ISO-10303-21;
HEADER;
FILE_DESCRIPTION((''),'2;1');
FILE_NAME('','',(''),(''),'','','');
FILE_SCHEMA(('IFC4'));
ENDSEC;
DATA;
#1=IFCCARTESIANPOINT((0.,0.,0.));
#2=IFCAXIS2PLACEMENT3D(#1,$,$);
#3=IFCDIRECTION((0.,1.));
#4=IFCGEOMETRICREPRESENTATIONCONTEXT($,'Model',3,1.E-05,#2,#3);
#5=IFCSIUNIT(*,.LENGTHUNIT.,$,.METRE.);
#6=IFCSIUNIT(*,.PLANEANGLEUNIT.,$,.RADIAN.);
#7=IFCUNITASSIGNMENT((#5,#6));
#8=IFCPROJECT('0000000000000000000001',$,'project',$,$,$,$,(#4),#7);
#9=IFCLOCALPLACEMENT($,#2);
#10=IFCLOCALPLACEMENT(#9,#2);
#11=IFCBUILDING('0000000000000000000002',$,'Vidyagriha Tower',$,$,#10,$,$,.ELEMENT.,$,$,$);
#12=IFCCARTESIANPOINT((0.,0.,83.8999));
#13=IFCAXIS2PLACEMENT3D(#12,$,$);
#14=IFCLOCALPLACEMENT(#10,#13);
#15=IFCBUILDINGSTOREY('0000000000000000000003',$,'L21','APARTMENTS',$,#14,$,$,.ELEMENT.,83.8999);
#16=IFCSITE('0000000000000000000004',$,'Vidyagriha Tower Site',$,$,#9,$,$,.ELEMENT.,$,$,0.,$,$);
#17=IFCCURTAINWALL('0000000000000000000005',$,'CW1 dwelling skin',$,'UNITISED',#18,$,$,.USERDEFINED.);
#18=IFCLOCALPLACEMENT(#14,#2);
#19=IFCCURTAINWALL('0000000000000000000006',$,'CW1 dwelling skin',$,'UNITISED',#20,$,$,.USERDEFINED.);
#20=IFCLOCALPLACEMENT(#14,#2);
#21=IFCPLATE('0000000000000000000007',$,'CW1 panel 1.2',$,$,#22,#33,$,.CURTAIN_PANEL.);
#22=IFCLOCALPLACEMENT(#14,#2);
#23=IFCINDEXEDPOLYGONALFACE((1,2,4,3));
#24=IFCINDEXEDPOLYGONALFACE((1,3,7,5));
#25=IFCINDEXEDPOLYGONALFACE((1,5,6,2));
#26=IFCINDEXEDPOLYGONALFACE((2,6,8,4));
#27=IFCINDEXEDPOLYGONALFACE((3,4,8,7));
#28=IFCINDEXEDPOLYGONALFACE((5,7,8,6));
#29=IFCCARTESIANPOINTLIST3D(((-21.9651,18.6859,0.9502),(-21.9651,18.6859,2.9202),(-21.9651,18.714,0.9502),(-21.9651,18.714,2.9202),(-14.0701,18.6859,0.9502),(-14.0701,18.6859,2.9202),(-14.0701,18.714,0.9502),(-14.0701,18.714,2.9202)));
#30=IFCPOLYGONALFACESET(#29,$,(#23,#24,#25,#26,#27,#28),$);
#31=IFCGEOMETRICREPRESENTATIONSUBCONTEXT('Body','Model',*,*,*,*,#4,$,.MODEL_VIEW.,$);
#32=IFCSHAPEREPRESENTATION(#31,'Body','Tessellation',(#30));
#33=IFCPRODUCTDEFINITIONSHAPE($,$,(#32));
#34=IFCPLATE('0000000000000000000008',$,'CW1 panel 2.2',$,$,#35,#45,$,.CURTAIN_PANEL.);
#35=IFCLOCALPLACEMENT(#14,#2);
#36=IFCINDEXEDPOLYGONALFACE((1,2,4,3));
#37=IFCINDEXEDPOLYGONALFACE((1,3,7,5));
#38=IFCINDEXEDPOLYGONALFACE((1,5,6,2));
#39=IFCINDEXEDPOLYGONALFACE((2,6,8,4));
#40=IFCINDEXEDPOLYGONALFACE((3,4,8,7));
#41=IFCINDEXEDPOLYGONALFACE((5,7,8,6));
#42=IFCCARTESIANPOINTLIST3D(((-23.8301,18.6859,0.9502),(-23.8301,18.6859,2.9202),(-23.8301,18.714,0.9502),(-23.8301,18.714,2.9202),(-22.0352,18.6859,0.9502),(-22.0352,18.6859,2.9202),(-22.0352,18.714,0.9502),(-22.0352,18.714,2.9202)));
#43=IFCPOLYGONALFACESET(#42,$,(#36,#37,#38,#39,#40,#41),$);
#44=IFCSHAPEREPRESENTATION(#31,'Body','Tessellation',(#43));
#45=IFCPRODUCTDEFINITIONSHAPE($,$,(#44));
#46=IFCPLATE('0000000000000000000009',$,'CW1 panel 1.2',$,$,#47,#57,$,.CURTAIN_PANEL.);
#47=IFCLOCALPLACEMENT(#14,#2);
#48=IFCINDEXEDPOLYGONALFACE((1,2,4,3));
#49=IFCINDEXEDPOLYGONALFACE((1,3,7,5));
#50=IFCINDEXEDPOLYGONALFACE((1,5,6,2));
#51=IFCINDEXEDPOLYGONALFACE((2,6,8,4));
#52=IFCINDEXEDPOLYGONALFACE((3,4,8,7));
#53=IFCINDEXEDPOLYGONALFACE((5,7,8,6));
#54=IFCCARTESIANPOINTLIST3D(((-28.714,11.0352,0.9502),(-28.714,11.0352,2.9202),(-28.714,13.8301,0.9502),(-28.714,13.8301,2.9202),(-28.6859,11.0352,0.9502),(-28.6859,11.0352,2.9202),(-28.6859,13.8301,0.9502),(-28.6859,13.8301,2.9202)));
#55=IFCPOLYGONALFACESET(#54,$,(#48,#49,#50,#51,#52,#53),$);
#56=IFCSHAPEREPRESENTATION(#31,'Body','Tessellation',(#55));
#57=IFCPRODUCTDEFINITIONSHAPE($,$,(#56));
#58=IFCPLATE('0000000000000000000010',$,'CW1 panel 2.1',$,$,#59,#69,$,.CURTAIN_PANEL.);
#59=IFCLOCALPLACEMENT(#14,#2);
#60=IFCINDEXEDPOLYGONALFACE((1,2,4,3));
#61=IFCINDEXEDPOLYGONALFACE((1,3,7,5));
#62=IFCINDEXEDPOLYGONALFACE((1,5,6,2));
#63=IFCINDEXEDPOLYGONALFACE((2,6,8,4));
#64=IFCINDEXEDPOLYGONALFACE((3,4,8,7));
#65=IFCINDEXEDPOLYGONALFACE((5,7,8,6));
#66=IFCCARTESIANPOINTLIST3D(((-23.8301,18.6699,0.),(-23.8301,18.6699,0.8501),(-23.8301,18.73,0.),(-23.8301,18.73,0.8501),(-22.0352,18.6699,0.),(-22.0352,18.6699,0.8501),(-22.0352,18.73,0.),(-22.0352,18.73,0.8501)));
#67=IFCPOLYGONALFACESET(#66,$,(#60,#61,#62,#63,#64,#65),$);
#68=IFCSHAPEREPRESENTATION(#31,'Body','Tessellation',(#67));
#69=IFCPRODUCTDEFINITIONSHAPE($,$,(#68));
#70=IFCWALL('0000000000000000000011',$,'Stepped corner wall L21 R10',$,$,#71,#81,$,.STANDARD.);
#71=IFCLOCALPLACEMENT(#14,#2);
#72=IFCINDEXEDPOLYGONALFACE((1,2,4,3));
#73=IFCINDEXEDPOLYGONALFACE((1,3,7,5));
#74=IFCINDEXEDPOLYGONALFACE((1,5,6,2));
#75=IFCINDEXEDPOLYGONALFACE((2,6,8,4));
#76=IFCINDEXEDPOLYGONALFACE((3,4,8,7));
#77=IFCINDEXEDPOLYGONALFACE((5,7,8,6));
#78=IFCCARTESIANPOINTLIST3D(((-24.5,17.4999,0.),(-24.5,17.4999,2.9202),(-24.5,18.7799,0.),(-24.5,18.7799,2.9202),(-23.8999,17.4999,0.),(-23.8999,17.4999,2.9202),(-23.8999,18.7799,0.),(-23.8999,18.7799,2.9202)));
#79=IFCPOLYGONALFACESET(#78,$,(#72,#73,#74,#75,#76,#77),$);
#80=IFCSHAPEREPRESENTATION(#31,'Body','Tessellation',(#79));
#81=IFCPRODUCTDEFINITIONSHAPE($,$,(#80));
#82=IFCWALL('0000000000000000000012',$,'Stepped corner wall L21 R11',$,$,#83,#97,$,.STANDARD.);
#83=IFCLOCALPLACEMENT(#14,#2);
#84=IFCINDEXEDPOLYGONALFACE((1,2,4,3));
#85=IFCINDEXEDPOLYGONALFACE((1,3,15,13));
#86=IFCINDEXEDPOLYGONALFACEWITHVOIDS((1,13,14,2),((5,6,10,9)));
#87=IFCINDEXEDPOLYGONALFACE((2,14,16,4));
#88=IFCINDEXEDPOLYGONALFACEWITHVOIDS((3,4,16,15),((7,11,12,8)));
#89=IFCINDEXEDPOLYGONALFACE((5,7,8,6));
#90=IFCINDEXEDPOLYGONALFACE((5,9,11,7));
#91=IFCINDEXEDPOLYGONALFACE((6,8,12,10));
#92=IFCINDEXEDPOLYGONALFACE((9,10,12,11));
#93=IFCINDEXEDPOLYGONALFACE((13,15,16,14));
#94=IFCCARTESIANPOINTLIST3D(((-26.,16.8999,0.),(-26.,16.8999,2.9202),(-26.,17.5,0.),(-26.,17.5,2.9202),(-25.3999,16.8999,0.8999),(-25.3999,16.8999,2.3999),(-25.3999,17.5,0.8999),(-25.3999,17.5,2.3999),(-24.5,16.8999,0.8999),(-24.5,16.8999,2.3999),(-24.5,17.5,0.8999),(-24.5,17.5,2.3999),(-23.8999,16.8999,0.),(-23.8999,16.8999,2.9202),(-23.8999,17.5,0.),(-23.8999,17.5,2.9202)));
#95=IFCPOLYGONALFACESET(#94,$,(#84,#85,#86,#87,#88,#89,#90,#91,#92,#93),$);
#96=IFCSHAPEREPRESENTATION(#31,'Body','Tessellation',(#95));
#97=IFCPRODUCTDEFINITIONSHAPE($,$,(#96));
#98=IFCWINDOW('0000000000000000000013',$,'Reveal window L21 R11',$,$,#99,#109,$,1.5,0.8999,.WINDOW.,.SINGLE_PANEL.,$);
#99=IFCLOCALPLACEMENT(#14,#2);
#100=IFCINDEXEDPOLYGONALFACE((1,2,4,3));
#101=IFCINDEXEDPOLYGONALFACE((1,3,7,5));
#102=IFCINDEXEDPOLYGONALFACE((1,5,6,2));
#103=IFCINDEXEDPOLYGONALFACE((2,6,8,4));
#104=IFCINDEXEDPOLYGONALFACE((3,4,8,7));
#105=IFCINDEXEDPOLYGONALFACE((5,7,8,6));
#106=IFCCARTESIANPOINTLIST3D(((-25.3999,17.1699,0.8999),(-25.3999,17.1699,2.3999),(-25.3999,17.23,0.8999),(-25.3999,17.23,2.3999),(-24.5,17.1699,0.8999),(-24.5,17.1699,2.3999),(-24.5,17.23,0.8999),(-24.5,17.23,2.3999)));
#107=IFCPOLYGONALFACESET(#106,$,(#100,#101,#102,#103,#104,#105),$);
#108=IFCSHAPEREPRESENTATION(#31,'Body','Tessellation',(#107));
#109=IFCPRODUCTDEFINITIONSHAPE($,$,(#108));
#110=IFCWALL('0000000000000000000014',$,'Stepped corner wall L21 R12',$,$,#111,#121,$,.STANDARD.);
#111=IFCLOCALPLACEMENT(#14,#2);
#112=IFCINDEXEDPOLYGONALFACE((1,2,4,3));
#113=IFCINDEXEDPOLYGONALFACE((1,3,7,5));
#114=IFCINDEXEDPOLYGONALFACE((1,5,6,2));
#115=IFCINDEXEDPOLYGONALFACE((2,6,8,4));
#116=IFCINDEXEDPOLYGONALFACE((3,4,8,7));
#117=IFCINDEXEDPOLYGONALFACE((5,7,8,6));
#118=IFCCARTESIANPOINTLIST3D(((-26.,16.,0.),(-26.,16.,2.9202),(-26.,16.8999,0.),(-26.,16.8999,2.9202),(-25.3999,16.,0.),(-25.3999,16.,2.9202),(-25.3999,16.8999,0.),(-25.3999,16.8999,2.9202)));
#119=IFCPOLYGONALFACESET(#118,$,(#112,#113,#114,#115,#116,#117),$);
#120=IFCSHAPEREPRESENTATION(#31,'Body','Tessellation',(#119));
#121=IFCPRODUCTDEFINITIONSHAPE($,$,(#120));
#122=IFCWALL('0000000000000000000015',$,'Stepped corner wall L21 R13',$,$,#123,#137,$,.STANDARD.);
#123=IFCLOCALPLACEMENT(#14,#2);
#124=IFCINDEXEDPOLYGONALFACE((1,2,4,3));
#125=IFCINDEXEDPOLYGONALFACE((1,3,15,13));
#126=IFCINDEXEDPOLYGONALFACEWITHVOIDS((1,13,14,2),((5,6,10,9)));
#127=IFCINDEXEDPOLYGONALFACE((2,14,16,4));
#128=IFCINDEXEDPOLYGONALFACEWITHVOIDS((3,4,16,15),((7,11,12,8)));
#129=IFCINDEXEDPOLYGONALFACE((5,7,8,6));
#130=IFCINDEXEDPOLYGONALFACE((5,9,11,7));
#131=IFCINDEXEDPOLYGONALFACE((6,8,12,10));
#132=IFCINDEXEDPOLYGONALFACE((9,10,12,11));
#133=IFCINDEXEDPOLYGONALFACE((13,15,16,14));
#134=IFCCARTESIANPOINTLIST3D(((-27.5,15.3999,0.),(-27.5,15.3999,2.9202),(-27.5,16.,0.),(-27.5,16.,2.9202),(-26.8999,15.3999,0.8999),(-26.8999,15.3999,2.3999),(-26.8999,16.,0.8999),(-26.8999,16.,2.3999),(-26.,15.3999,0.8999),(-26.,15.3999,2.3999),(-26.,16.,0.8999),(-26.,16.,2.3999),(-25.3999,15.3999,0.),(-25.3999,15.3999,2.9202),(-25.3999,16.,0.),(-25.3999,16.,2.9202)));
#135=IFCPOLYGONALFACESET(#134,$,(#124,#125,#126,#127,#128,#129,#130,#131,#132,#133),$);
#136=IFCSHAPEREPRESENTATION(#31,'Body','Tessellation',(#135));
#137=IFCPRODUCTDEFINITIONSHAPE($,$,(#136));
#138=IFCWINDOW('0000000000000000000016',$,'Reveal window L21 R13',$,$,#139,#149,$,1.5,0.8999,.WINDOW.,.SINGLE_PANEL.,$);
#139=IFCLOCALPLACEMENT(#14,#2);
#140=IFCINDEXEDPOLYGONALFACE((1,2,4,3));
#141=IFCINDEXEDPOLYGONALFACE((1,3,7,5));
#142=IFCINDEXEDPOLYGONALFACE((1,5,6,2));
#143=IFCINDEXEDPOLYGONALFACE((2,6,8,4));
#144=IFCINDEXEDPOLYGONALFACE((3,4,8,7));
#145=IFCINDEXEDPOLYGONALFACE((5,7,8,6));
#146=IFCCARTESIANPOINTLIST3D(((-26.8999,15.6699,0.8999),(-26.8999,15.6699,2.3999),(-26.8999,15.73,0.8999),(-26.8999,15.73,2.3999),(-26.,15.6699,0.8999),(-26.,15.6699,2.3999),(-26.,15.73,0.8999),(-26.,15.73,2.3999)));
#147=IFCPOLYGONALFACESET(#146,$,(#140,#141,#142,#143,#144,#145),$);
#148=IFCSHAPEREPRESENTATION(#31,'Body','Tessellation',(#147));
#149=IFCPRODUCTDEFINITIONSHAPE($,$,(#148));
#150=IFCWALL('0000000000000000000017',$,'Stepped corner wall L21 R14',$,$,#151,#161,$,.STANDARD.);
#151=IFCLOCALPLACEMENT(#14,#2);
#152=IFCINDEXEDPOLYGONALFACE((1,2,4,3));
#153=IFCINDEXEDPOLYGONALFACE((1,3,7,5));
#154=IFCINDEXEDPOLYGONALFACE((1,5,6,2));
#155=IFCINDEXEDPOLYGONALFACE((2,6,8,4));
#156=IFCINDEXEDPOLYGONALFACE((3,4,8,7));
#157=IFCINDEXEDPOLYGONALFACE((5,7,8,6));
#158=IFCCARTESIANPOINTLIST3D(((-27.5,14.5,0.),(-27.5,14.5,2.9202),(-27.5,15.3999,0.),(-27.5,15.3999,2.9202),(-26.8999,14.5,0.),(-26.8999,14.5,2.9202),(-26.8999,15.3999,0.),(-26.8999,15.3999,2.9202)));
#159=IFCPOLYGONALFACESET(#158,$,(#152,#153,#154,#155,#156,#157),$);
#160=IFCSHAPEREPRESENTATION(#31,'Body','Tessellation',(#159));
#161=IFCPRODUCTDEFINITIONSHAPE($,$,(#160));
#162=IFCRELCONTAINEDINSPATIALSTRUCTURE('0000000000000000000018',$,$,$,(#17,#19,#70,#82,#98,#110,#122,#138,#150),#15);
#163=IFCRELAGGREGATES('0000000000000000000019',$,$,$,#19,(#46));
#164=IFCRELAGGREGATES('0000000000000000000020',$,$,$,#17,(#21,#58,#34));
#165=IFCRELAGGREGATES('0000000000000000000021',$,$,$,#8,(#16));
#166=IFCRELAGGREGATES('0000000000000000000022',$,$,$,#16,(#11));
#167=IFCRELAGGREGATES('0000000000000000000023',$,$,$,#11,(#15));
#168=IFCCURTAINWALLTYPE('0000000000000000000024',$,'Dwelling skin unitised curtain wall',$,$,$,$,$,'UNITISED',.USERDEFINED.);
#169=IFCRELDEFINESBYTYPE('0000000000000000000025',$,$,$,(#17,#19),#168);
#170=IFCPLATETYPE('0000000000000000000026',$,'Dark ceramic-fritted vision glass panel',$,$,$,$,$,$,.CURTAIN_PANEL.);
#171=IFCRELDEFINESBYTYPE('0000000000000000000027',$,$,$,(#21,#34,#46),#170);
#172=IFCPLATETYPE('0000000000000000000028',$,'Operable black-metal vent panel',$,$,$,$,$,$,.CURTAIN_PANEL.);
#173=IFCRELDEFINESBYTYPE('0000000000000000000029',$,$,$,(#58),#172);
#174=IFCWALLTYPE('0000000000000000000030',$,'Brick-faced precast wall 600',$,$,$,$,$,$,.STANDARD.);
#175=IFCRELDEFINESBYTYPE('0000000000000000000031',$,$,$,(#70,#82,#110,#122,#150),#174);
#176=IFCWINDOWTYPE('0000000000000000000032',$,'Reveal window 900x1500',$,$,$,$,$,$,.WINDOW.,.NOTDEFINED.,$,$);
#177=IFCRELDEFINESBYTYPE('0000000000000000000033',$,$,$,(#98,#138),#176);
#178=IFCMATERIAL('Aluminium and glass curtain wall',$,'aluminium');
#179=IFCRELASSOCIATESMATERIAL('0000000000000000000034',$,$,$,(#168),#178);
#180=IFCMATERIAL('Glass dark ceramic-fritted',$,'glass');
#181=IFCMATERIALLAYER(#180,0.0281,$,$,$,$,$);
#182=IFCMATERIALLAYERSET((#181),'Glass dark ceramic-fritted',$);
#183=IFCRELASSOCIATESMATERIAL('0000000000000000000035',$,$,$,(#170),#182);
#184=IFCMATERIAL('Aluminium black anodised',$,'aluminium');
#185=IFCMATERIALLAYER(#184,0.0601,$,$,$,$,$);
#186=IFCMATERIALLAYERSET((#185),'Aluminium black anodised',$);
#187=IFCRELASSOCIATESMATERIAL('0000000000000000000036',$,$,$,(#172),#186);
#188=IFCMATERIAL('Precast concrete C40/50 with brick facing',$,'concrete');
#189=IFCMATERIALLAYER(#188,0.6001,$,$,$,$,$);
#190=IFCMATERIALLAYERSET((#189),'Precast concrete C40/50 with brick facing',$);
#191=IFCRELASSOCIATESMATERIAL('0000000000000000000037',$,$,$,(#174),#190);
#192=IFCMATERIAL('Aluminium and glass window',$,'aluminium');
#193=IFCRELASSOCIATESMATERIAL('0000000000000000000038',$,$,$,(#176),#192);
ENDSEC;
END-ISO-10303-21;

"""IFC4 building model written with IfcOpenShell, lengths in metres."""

from ifc_helpers import new_model, si_unit, direction, frame, frame_2d, origin, origin_2d, place, context, subcontext, project, spatial, rectangle, extrude, material, layer, layer_set, type_object, element, fill, aggregate, save


model = new_model("IFC4")

# Units and contexts
model_context = context("Model", 3, precision=1e-05, world=origin(), true_north=direction((0.0, 1.0)))
body_context = subcontext(model_context, "Body", "Model", "MODEL_VIEW")
ifc_project = project(units=[si_unit("LENGTHUNIT", "METRE"), si_unit("PLANEANGLEUNIT", "RADIAN")], contexts=[model_context])

# Site, building, storey
site_placement = place(None, origin())
site = spatial("IfcSite", under=ifc_project, at=site_placement, Name="Vidyagriha Tower Site", CompositionType="ELEMENT", RefElevation=0.0)
building_placement = place(site_placement, origin())
building = spatial("IfcBuilding", under=site, at=building_placement, Name="Vidyagriha Tower", CompositionType="ELEMENT")
storey_placement = place(building_placement, frame((0.0, 0.0, 83.8999)))
storey = spatial("IfcBuildingStorey", under=building, at=storey_placement, Name="L21", Description="APARTMENTS", CompositionType="ELEMENT", Elevation=83.8999)

# Curtain wall
ifc_material_1 = material(Name="Aluminium and glass curtain wall", Category="aluminium")
curtain_wall_type = type_object("IfcCurtainWallType", Name="Dwelling skin unitised curtain wall", ElementType="UNITISED", PredefinedType="USERDEFINED", material=ifc_material_1)
curtain_wall_1_placement = place(storey_placement, origin())
curtain_wall_1 = element("IfcCurtainWall", 1, at=curtain_wall_1_placement, inside=storey, type_object=curtain_wall_type, Name="CW1 dwelling skin", ObjectType="UNITISED", PredefinedType="USERDEFINED")

# Curtain wall
curtain_wall_2_placement = place(storey_placement, origin())
curtain_wall_2 = element("IfcCurtainWall", 2, at=curtain_wall_2_placement, inside=storey, type_object=curtain_wall_type, Name="CW1 dwelling skin", ObjectType="UNITISED", PredefinedType="USERDEFINED")

# Plates
ifc_material_2 = material(Name="Glass dark ceramic-fritted", Category="glass")
ifc_layer_1 = layer(ifc_material_2, 0.0281)
ifc_layer_set_1 = layer_set([ifc_layer_1], Name="Glass dark ceramic-fritted")
plate_type_1 = type_object("IfcPlateType", Name="Dark ceramic-fritted vision glass panel", PredefinedType="CURTAIN_PANEL", material=ifc_layer_set_1)
plate_1_placement = place(storey_placement, frame((-18.0176, 18.7, 0.9502), z_axis=(0.0, 0.0, 1.0), x_axis=(-1.0, 0.0, 0.0)))
plate_1 = element("IfcPlate", 3, at=plate_1_placement, type_object=plate_type_1, Name="CW1 panel 1.2", PredefinedType="CURTAIN_PANEL", context=body_context, shape_type="SweptSolid", body=[
    extrude(rectangle(XDim=7.895, YDim=0.0281, at=origin_2d()), origin(), (0.0, 0.0, 1.0), 1.97),
])
plate_2_placement = place(storey_placement, frame((-22.9326, 18.7, 0.9502), z_axis=(0.0, 0.0, 1.0), x_axis=(-1.0, 0.0, 0.0)))
plate_2 = element("IfcPlate", 4, at=plate_2_placement, type_object=plate_type_1, Name="CW1 panel 2.2", PredefinedType="CURTAIN_PANEL", context=body_context, shape_type="SweptSolid", body=[
    extrude(rectangle(XDim=1.7949, YDim=0.0281, at=origin_2d()), origin(), (0.0, 0.0, 1.0), 1.97),
])
plate_3_placement = place(storey_placement, frame((-28.7, 12.4326, 0.9502), z_axis=(0.0, 0.0, 1.0), x_axis=(0.0, -1.0, 0.0)))
plate_3 = element("IfcPlate", 5, at=plate_3_placement, type_object=plate_type_1, Name="CW1 panel 1.2", PredefinedType="CURTAIN_PANEL", context=body_context, shape_type="SweptSolid", body=[
    extrude(rectangle(XDim=2.7949, YDim=0.0281, at=origin_2d()), origin(), (0.0, 0.0, 1.0), 1.97),
])
aggregate(curtain_wall_2, [plate_3])
ifc_material_3 = material(Name="Aluminium black anodised", Category="aluminium")
ifc_layer_2 = layer(ifc_material_3, 0.0601)
ifc_layer_set_2 = layer_set([ifc_layer_2], Name="Aluminium black anodised")
plate_type_2 = type_object("IfcPlateType", Name="Operable black-metal vent panel", PredefinedType="CURTAIN_PANEL", material=ifc_layer_set_2)
plate_4_placement = place(storey_placement, frame((-22.9326, 18.7, 0.0), z_axis=(0.0, 0.0, 1.0), x_axis=(-1.0, 0.0, 0.0)))
plate_4 = element("IfcPlate", 6, at=plate_4_placement, type_object=plate_type_2, Name="CW1 panel 2.1", PredefinedType="CURTAIN_PANEL", context=body_context, shape_type="SweptSolid", body=[
    extrude(rectangle(XDim=1.7949, YDim=0.0601, at=origin_2d()), origin(), (0.0, 0.0, 1.0), 0.8501),
])
aggregate(curtain_wall_1, [plate_1, plate_4, plate_2])

# Wall
ifc_material_4 = material(Name="Precast concrete C40/50 with brick facing", Category="concrete")
ifc_layer_3 = layer(ifc_material_4, 0.6001)
ifc_layer_set_3 = layer_set([ifc_layer_3], Name="Precast concrete C40/50 with brick facing")
wall_type_1 = type_object("IfcWallType", Name="Brick-faced precast wall 600", PredefinedType="STANDARD", material=ifc_layer_set_3)
wall_1_placement = place(storey_placement, frame((-24.2, 18.78, 0.0), z_axis=(0.0, 0.0, 1.0), x_axis=(0.0, -1.0, 0.0)))
element("IfcWall", 7, at=wall_1_placement, inside=storey, type_object=wall_type_1, Name="Stepped corner wall L21 R10", PredefinedType="STANDARD", context=body_context, shape_type="SweptSolid", body=[
    extrude(rectangle(XDim=1.28, YDim=0.6001, at=frame_2d((0.6401, 0.0))), origin(), (0.0, 0.0, 1.0), 2.9202),
])

# Wall, opening, window
wall_2_placement = place(storey_placement, frame((-23.8999, 17.2, 0.0), z_axis=(0.0, 0.0, 1.0), x_axis=(-1.0, 0.0, 0.0)))
wall_2 = element("IfcWall", 8, at=wall_2_placement, inside=storey, type_object=wall_type_1, Name="Stepped corner wall L21 R11", PredefinedType="STANDARD", context=body_context, shape_type="SweptSolid", body=[
    extrude(rectangle(XDim=2.1001, YDim=0.6001, at=frame_2d((1.05, 0.0))), origin(), (0.0, 0.0, 1.0), 2.9202),
])
opening_1_placement = place(wall_2_placement, frame((0.6001, 0.0, 0.8999)))
opening_1 = element("IfcOpeningElement", 9, at=opening_1_placement, cuts=wall_2, PredefinedType="OPENING", context=body_context, shape_type="SweptSolid", body=[
    extrude(rectangle(XDim=0.8999, YDim=1.5, at=frame_2d((0.45, 0.75))), frame((0.0, 0.3101, 0.0), z_axis=(0.0, -1.0, 0.0), x_axis=(1.0, 0.0, 0.0)), (0.0, 0.0, 1.0), 0.6201),
])
ifc_material_5 = material(Name="Aluminium and glass window", Category="aluminium")
window_type = type_object("IfcWindowType", Name="Reveal window 900x1500", PartitioningType="NOTDEFINED", PredefinedType="WINDOW", material=ifc_material_5)
window_1_placement = place(opening_1_placement, origin())
window_1 = element("IfcWindow", 10, at=window_1_placement, inside=storey, type_object=window_type, Name="Reveal window L21 R11", OverallHeight=1.5, OverallWidth=0.8999, PartitioningType="SINGLE_PANEL", PredefinedType="WINDOW", context=body_context, shape_type="SweptSolid", body=[
    extrude(rectangle(XDim=0.8999, YDim=1.5, at=frame_2d((0.45, 0.75))), frame((0.0, 0.03, 0.0), z_axis=(0.0, -1.0, 0.0), x_axis=(1.0, 0.0, 0.0)), (0.0, 0.0, 1.0), 0.0601),
])
fill(opening_1, window_1)

# Wall
wall_3_placement = place(storey_placement, frame((-25.7, 16.8999, 0.0), z_axis=(0.0, 0.0, 1.0), x_axis=(0.0, -1.0, 0.0)))
element("IfcWall", 11, at=wall_3_placement, inside=storey, type_object=wall_type_1, Name="Stepped corner wall L21 R12", PredefinedType="STANDARD", context=body_context, shape_type="SweptSolid", body=[
    extrude(rectangle(XDim=0.8999, YDim=0.6001, at=frame_2d((0.45, 0.0))), origin(), (0.0, 0.0, 1.0), 2.9202),
])

# Wall, opening, window
wall_4_placement = place(storey_placement, frame((-25.3999, 15.7, 0.0), z_axis=(0.0, 0.0, 1.0), x_axis=(-1.0, 0.0, 0.0)))
wall_4 = element("IfcWall", 12, at=wall_4_placement, inside=storey, type_object=wall_type_1, Name="Stepped corner wall L21 R13", PredefinedType="STANDARD", context=body_context, shape_type="SweptSolid", body=[
    extrude(rectangle(XDim=2.1001, YDim=0.6001, at=frame_2d((1.05, 0.0))), origin(), (0.0, 0.0, 1.0), 2.9202),
])
opening_2_placement = place(wall_4_placement, frame((0.6001, 0.0, 0.8999)))
opening_2 = element("IfcOpeningElement", 13, at=opening_2_placement, cuts=wall_4, PredefinedType="OPENING", context=body_context, shape_type="SweptSolid", body=[
    extrude(rectangle(XDim=0.8999, YDim=1.5, at=frame_2d((0.45, 0.75))), frame((0.0, 0.3101, 0.0), z_axis=(0.0, -1.0, 0.0), x_axis=(1.0, 0.0, 0.0)), (0.0, 0.0, 1.0), 0.6201),
])
window_2_placement = place(opening_2_placement, origin())
window_2 = element("IfcWindow", 14, at=window_2_placement, inside=storey, type_object=window_type, Name="Reveal window L21 R13", OverallHeight=1.5, OverallWidth=0.8999, PartitioningType="SINGLE_PANEL", PredefinedType="WINDOW", context=body_context, shape_type="SweptSolid", body=[
    extrude(rectangle(XDim=0.8999, YDim=1.5, at=frame_2d((0.45, 0.75))), frame((0.0, 0.03, 0.0), z_axis=(0.0, -1.0, 0.0), x_axis=(1.0, 0.0, 0.0)), (0.0, 0.0, 1.0), 0.0601),
])
fill(opening_2, window_2)

# Wall
wall_5_placement = place(storey_placement, frame((-27.2, 15.3999, 0.0), z_axis=(0.0, 0.0, 1.0), x_axis=(0.0, -1.0, 0.0)))
element("IfcWall", 15, at=wall_5_placement, inside=storey, type_object=wall_type_1, Name="Stepped corner wall L21 R14", PredefinedType="STANDARD", context=body_context, shape_type="SweptSolid", body=[
    extrude(rectangle(XDim=0.8999, YDim=0.6001, at=frame_2d((0.45, 0.0))), origin(), (0.0, 0.0, 1.0), 2.9202),
])

save(model, "model.ifc")
